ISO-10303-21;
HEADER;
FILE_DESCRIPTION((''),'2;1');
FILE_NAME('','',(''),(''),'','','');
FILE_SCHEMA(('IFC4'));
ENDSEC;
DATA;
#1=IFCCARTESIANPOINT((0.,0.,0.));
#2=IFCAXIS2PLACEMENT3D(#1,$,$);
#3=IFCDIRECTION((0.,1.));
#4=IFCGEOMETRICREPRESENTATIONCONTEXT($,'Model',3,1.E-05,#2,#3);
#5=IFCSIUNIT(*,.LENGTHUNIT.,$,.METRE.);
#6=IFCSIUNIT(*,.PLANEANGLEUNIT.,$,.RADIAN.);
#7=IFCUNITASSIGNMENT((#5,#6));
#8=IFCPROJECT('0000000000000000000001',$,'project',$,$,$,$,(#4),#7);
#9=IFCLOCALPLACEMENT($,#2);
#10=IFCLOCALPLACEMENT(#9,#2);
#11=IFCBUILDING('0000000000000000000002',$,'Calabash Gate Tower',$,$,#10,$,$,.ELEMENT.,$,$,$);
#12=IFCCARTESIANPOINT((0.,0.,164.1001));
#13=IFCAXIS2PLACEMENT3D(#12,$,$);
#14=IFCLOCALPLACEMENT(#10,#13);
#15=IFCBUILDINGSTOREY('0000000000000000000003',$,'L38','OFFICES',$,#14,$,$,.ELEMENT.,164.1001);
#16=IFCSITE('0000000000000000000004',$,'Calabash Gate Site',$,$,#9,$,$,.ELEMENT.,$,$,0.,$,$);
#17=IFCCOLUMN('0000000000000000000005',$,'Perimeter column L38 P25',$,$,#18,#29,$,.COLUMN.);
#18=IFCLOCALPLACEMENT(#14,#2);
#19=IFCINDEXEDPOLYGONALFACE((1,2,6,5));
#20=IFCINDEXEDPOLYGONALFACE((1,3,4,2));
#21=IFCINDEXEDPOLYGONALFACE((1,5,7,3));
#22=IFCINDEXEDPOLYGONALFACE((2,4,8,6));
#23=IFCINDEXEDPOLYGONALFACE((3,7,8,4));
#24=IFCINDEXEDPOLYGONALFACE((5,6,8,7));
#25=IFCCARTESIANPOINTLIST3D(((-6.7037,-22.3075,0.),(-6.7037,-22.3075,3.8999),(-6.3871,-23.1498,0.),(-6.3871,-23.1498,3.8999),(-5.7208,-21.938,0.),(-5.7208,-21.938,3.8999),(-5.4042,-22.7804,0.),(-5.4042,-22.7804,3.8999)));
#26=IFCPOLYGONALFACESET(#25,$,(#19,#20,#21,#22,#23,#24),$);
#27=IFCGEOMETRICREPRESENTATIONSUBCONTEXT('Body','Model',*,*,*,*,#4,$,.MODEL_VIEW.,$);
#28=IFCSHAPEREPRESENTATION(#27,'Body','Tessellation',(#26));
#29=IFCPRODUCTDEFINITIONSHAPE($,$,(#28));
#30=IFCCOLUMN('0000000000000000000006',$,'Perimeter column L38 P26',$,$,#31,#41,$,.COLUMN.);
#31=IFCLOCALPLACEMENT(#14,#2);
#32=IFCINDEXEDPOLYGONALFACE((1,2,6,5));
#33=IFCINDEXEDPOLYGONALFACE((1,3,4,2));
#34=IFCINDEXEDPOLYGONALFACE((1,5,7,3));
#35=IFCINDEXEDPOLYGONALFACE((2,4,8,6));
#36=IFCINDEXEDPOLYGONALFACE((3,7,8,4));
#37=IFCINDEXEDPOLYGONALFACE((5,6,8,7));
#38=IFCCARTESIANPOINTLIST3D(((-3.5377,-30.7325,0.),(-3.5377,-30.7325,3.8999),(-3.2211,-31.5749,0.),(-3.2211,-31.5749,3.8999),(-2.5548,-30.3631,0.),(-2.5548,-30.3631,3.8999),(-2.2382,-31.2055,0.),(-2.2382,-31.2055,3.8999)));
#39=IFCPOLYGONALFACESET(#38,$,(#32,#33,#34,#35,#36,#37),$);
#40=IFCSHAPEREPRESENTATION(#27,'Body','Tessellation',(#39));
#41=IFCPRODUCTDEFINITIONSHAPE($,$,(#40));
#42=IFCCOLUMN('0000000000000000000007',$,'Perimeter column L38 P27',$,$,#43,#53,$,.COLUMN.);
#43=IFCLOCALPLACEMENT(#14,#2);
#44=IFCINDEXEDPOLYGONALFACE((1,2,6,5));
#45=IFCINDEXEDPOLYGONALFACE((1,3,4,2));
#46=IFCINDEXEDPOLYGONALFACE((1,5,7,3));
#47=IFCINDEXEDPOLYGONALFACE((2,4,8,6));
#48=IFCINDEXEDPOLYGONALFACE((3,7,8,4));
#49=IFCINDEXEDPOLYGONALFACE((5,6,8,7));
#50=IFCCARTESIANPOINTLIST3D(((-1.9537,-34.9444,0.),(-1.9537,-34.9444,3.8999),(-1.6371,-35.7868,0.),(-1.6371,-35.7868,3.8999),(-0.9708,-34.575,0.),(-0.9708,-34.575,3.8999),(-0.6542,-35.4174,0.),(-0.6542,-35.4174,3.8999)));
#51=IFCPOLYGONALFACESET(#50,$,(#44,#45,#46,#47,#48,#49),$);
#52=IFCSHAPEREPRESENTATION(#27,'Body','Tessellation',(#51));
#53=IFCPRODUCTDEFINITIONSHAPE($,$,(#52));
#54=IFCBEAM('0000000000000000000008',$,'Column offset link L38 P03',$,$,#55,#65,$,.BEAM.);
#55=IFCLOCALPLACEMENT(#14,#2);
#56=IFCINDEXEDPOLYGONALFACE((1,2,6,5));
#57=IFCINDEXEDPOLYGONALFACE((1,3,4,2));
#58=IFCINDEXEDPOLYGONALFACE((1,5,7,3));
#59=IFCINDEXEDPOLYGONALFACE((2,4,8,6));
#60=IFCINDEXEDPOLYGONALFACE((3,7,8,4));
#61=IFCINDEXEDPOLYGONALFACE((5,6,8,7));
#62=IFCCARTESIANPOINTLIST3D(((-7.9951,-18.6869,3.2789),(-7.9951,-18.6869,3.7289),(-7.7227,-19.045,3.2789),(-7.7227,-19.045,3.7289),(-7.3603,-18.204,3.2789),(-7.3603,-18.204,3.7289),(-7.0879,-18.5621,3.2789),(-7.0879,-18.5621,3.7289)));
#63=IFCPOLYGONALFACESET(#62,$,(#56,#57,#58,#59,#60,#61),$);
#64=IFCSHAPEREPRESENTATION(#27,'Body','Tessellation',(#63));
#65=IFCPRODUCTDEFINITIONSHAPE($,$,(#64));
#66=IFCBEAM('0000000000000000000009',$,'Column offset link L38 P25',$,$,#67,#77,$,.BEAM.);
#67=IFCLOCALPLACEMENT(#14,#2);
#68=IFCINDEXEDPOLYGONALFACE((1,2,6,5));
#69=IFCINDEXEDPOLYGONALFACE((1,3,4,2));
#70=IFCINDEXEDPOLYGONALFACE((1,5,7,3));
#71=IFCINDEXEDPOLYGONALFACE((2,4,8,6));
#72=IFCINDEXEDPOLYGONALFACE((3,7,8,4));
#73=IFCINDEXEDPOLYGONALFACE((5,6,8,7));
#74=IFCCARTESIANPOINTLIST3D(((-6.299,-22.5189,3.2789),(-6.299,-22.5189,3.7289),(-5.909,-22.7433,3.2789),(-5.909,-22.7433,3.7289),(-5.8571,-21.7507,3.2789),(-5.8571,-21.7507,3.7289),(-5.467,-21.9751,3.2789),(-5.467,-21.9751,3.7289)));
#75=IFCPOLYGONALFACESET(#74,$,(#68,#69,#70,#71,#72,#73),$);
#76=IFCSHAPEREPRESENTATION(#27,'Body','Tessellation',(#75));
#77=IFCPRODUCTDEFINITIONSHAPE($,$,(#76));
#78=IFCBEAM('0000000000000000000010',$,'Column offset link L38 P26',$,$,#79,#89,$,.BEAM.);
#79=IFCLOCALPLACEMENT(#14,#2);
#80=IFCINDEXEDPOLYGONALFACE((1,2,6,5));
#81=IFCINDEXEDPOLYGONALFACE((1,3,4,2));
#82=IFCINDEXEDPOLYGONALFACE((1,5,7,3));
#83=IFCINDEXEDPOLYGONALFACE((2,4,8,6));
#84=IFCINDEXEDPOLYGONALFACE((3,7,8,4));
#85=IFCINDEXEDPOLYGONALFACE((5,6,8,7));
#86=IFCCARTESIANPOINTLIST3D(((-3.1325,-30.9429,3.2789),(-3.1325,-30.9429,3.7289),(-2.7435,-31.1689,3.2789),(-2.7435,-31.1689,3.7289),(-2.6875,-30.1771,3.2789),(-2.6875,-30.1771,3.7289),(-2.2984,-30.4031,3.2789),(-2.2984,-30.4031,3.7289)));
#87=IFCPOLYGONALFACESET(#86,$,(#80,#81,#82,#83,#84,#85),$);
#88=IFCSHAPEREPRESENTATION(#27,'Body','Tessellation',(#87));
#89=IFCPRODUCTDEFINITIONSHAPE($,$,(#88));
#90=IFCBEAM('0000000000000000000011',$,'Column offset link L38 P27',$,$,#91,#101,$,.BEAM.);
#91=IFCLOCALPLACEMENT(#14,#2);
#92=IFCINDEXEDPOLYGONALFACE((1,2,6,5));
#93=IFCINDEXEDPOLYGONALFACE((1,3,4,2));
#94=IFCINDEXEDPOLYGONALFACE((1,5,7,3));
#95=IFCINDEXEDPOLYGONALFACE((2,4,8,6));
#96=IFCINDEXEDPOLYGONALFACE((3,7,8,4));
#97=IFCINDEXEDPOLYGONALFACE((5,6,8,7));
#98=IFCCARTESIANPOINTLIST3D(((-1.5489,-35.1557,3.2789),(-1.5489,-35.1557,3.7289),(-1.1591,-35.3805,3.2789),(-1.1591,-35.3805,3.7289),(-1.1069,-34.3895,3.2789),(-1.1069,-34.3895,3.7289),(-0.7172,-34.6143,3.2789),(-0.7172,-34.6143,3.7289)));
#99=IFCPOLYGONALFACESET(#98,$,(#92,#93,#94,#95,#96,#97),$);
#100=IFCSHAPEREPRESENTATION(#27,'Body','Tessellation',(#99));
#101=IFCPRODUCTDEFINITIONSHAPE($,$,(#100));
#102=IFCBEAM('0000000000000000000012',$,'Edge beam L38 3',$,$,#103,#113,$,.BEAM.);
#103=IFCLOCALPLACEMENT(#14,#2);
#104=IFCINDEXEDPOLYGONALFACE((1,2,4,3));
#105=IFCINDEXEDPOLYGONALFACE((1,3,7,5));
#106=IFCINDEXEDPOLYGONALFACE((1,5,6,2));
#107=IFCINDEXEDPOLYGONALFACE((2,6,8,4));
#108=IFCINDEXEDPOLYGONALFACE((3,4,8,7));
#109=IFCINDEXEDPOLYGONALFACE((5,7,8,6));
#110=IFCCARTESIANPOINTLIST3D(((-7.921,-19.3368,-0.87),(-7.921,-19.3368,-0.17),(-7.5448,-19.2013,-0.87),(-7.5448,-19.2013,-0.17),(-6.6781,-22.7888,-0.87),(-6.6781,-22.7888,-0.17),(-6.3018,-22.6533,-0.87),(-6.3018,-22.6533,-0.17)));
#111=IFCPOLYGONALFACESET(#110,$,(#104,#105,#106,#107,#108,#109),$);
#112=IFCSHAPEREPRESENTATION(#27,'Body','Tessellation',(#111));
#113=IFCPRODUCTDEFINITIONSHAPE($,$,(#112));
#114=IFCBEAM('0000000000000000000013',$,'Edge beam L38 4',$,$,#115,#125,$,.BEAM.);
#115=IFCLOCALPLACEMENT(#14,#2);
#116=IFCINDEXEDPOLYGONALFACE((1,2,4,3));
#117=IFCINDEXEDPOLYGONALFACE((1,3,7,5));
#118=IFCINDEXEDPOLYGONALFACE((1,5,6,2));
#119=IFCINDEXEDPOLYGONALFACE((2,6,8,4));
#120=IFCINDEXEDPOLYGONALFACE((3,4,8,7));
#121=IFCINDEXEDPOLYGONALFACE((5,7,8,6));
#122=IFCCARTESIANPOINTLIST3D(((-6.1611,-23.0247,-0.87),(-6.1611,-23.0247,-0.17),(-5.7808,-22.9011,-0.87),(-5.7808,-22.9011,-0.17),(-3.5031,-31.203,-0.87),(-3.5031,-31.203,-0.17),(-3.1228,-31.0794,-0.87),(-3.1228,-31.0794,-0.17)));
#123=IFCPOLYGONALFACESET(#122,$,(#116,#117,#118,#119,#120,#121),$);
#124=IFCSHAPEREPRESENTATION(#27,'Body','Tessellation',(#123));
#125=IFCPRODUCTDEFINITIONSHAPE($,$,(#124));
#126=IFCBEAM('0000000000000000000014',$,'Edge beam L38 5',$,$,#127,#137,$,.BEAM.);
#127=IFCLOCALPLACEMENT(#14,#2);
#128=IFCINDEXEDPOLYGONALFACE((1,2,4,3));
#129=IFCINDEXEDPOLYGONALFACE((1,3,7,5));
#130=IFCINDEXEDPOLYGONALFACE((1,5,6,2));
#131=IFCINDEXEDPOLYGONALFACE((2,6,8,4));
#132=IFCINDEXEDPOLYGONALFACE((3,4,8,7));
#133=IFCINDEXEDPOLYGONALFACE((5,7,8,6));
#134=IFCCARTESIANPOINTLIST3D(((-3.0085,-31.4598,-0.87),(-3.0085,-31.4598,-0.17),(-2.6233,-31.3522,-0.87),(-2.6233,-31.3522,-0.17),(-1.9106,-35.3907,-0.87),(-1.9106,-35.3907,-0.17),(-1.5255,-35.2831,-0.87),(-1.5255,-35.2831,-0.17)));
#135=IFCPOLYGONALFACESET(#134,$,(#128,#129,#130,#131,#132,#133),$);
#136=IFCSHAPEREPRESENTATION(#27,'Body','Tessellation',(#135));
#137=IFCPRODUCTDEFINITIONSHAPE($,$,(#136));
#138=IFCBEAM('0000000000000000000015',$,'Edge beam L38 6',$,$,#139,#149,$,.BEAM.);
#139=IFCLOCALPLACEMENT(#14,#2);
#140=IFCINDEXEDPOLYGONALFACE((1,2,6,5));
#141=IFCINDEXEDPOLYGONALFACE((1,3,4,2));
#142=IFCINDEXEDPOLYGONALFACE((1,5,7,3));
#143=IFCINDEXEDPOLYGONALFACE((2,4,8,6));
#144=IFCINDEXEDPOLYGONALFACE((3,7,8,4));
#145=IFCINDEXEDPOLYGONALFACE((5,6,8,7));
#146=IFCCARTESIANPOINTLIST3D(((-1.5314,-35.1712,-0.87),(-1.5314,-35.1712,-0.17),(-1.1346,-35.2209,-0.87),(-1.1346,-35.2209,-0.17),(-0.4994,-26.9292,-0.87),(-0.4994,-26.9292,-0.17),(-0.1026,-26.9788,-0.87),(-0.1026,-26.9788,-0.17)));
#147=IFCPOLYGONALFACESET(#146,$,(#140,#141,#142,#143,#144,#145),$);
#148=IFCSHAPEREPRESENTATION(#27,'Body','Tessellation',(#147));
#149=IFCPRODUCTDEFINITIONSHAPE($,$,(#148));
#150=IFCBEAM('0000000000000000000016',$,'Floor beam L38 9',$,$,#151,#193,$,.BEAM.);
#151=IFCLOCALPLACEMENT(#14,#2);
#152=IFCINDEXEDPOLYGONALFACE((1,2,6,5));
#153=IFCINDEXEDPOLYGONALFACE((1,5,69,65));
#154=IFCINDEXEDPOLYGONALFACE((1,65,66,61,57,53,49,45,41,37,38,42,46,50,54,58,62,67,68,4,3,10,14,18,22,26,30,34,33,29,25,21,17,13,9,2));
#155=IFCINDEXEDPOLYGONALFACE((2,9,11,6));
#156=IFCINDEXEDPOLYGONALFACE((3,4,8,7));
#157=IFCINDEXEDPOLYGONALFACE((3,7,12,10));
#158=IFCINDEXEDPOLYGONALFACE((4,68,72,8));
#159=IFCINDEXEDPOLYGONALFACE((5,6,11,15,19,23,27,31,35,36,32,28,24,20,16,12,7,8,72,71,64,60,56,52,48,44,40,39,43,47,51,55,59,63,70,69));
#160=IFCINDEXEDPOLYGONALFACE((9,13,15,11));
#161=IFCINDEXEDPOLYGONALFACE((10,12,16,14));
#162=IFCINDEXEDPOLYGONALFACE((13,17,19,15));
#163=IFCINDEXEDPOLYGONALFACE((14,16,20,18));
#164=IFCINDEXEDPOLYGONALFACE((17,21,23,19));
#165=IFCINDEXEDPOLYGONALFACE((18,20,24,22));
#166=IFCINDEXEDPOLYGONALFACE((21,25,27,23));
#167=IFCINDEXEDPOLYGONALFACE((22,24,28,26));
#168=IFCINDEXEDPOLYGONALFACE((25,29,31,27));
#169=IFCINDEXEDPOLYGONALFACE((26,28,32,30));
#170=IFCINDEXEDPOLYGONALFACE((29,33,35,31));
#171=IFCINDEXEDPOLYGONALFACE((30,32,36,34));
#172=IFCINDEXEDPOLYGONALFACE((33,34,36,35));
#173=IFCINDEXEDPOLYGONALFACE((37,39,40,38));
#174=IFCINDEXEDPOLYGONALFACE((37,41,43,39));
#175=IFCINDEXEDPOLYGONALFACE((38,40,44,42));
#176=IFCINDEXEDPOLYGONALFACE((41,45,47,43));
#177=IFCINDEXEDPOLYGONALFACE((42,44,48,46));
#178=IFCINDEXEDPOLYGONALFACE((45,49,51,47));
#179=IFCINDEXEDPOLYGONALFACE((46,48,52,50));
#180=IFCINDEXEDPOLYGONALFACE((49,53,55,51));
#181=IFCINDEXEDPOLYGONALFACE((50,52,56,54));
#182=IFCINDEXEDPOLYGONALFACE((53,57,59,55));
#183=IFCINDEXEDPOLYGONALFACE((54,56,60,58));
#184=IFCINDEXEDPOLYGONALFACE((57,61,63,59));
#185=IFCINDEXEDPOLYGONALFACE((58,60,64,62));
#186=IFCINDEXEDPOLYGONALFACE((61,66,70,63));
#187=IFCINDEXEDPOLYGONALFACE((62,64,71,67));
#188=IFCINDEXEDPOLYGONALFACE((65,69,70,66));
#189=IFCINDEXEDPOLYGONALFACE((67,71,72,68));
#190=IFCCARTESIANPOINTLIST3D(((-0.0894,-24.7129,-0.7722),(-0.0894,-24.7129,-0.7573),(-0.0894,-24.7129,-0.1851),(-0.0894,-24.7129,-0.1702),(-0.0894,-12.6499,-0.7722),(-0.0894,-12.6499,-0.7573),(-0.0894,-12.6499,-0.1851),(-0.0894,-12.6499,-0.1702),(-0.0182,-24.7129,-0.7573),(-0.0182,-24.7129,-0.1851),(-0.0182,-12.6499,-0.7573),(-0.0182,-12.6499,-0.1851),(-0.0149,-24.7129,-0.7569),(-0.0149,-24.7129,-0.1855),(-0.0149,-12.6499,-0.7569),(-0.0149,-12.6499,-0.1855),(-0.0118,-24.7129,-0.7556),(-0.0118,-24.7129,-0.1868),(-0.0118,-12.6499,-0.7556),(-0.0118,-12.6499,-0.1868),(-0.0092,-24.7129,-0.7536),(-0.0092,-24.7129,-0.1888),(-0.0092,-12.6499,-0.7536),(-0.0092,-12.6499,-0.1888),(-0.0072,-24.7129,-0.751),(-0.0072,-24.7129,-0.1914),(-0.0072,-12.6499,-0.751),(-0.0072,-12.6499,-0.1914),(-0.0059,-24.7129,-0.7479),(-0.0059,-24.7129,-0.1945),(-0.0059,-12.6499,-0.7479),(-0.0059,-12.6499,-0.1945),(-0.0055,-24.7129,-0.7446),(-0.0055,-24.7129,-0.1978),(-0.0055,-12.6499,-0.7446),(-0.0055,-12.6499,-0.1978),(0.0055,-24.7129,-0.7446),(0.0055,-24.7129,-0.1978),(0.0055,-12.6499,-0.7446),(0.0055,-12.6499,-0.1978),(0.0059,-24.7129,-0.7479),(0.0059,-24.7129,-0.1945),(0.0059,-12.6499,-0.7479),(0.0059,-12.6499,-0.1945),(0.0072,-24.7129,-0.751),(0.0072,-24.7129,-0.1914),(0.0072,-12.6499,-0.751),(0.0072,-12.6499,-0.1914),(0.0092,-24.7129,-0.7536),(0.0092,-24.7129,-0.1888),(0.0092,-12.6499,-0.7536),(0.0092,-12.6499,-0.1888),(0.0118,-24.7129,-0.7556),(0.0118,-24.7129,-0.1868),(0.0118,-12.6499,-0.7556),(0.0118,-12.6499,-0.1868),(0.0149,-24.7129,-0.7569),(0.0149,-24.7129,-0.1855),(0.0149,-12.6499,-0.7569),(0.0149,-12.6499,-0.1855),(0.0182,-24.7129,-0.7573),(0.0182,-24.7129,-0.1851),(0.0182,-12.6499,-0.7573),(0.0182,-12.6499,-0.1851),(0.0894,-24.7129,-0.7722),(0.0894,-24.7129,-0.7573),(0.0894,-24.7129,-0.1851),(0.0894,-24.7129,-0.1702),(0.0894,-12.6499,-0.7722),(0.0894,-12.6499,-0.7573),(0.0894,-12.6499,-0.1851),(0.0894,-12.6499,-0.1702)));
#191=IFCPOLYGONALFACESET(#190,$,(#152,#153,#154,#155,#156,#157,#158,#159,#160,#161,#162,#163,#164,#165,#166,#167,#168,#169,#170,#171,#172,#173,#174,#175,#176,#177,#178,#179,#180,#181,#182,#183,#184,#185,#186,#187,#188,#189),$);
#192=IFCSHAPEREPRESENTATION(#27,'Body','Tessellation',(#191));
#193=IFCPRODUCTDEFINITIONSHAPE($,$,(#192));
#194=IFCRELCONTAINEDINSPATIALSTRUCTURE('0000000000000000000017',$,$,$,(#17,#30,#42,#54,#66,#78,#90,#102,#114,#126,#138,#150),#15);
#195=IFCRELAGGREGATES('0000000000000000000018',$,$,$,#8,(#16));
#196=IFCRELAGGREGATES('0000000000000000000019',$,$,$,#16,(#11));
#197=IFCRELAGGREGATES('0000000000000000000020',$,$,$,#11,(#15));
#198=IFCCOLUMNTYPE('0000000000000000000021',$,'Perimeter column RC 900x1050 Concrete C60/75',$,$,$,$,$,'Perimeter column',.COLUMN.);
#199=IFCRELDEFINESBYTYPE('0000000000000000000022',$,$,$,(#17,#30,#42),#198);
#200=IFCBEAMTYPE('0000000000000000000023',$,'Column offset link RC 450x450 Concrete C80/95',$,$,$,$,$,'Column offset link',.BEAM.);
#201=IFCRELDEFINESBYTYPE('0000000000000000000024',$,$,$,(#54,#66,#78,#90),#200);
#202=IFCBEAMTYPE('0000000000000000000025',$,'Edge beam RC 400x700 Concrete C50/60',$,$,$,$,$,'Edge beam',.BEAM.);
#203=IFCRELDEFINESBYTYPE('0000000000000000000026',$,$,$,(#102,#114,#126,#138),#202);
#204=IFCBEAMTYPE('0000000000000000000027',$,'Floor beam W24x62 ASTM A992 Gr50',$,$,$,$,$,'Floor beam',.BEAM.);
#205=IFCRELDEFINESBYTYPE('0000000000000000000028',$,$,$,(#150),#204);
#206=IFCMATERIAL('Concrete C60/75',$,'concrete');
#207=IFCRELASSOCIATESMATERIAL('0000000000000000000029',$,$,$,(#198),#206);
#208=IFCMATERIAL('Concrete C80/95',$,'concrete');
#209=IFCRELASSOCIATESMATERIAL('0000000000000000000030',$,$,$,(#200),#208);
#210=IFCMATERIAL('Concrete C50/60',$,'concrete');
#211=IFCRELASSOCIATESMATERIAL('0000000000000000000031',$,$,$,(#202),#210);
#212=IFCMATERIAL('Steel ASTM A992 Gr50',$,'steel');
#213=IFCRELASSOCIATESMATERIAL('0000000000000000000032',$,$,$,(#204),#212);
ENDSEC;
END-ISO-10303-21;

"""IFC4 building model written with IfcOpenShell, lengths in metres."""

from ifc_helpers import new_model, si_unit, direction, frame, origin, origin_2d, place, context, subcontext, project, spatial, rectangle, i_section, extrude, material, material_profile, profile_set, type_object, element, save


model = new_model("IFC4")

# Units and contexts
model_context = context("Model", 3, precision=1e-05, world=origin(), true_north=direction((0.0, 1.0)))
body_context = subcontext(model_context, "Body", "Model", "MODEL_VIEW")
ifc_project = project(units=[si_unit("LENGTHUNIT", "METRE"), si_unit("PLANEANGLEUNIT", "RADIAN")], contexts=[model_context])

# Site, building, storey
site_placement = place(None, origin())
site = spatial("IfcSite", under=ifc_project, at=site_placement, Name="Calabash Gate Site", CompositionType="ELEMENT", RefElevation=0.0)
building_placement = place(site_placement, origin())
building = spatial("IfcBuilding", under=site, at=building_placement, Name="Calabash Gate Tower", CompositionType="ELEMENT")
storey_placement = place(building_placement, frame((0.0, 0.0, 164.1001)))
storey = spatial("IfcBuildingStorey", under=building, at=storey_placement, Name="L38", Description="OFFICES", CompositionType="ELEMENT", Elevation=164.1001)

# Columns
ifc_material_1 = material(Name="Concrete C60/75", Category="concrete")
ifc_material_profile_1 = material_profile(ifc_material_1, rectangle(XDim=0.8999, YDim=1.05, at=origin_2d()))
ifc_profile_set_1 = profile_set([ifc_material_profile_1], Name="Concrete C60/75")
column_type = type_object("IfcColumnType", Name="Perimeter column RC 900x1050 Concrete C60/75", ElementType="Perimeter column", PredefinedType="COLUMN", material=ifc_profile_set_1)
for number, where, z_axis, x_axis, name in (
    (1, (-6.054, -22.5439, 0.0), (0.0, 0.0, 1.0), (0.351823, -0.936067, 0.0), "Perimeter column L38 P25"),
    (2, (-2.8879, -30.969, 0.0), (0.0, 0.0, 1.0), (0.351823, -0.936067, 0.0), "Perimeter column L38 P26"),
    (3, (-1.304, -35.1809, 0.0), (0.0, 0.0, 1.0), (0.351823, -0.936067, 0.0), "Perimeter column L38 P27"),
):
    element("IfcColumn", number, at=place(storey_placement, frame(where, z_axis=z_axis, x_axis=x_axis)), inside=storey, type_object=column_type, Name=name, PredefinedType="COLUMN", context=body_context, shape_type="SweptSolid", body=[
        extrude(rectangle(XDim=0.8999, YDim=1.05, at=origin_2d()), origin(), (0.0, 0.0, 1.0), 3.8999),
    ])

# Beams
ifc_material_2 = material(Name="Concrete C80/95", Category="concrete")
ifc_material_profile_2 = material_profile(ifc_material_2, rectangle(XDim=0.45, YDim=0.45, at=origin_2d()))
ifc_profile_set_2 = profile_set([ifc_material_profile_2], Name="Concrete C80/95")
beam_type_1 = type_object("IfcBeamType", Name="Column offset link RC 450x450 Concrete C80/95", ElementType="Column offset link", PredefinedType="BEAM", material=ifc_profile_set_2)
beam_1_placement = place(storey_placement, frame((-7.8589, -18.866, 3.5039), z_axis=(0.795867, 0.605471, 0.0), x_axis=(-0.605471, 0.795867, 0.0)))
element("IfcBeam", 4, at=beam_1_placement, inside=storey, type_object=beam_type_1, Name="Column offset link L38 P03", PredefinedType="BEAM", context=body_context, shape_type="SweptSolid", body=[
    extrude(rectangle(XDim=0.45, YDim=0.45, at=origin_2d()), origin(), (0.0, 0.0, 1.0), 0.7976),
])
beam_2_placement = place(storey_placement, frame((-6.104, -22.6311, 3.5039), z_axis=(0.498689, 0.866781, 0.0), x_axis=(-0.866781, 0.498689, 0.0)))
element("IfcBeam", 5, at=beam_2_placement, inside=storey, type_object=beam_type_1, Name="Column offset link L38 P25", PredefinedType="BEAM", context=body_context, shape_type="SweptSolid", body=[
    extrude(rectangle(XDim=0.45, YDim=0.45, at=origin_2d()), origin(), (0.0, 0.0, 1.0), 0.8862),
])
beam_3_placement = place(storey_placement, frame((-2.938, -31.0559, 3.5039), z_axis=(0.502448, 0.864607, 0.0), x_axis=(-0.864607, 0.502448, 0.0)))
element("IfcBeam", 6, at=beam_3_placement, inside=storey, type_object=beam_type_1, Name="Column offset link L38 P26", PredefinedType="BEAM", context=body_context, shape_type="SweptSolid", body=[
    extrude(rectangle(XDim=0.45, YDim=0.45, at=origin_2d()), origin(), (0.0, 0.0, 1.0), 0.8857),
])
beam_4_placement = place(storey_placement, frame((-1.354, -35.2681, 3.5039), z_axis=(0.499643, 0.866232, 0.0), x_axis=(-0.866232, 0.499643, 0.0)))
element("IfcBeam", 7, at=beam_4_placement, inside=storey, type_object=beam_type_1, Name="Column offset link L38 P27", PredefinedType="BEAM", context=body_context, shape_type="SweptSolid", body=[
    extrude(rectangle(XDim=0.45, YDim=0.45, at=origin_2d()), origin(), (0.0, 0.0, 1.0), 0.8845),
])
ifc_material_3 = material(Name="Concrete C50/60", Category="concrete")
ifc_material_profile_3 = material_profile(ifc_material_3, rectangle(XDim=0.3999, YDim=0.7, at=origin_2d()))
ifc_profile_set_3 = profile_set([ifc_material_profile_3], Name="Concrete C50/60")
beam_type_2 = type_object("IfcBeamType", Name="Edge beam RC 400x700 Concrete C50/60", ElementType="Edge beam", PredefinedType="BEAM", material=ifc_profile_set_3)
beam_5_placement = place(storey_placement, frame((-7.7329, -19.269, -0.52), z_axis=(0.338776, -0.940867, 0.0), x_axis=(0.940867, 0.338776, 0.0)))
element("IfcBeam", 8, at=beam_5_placement, inside=storey, type_object=beam_type_2, Name="Edge beam L38 3", PredefinedType="BEAM", context=body_context, shape_type="SweptSolid", body=[
    extrude(rectangle(XDim=0.3999, YDim=0.7, at=origin_2d()), origin(), (0.0, 0.0, 1.0), 3.6689),
])
beam_6_placement = place(storey_placement, frame((-5.9709, -22.9629, -0.52), z_axis=(0.30909, -0.951033, 0.0), x_axis=(0.951033, 0.30909, 0.0)))
element("IfcBeam", 9, at=beam_6_placement, inside=storey, type_object=beam_type_2, Name="Edge beam L38 4", PredefinedType="BEAM", context=body_context, shape_type="SweptSolid", body=[
    extrude(rectangle(XDim=0.3999, YDim=0.7, at=origin_2d()), origin(), (0.0, 0.0, 1.0), 8.5994),
])
beam_7_placement = place(storey_placement, frame((-2.8159, -31.406, -0.52), z_axis=(0.269004, -0.963139, 0.0), x_axis=(0.963139, 0.269004, 0.0)))
element("IfcBeam", 10, at=beam_7_placement, inside=storey, type_object=beam_type_2, Name="Edge beam L38 5", PredefinedType="BEAM", context=body_context, shape_type="SweptSolid", body=[
    extrude(rectangle(XDim=0.3999, YDim=0.7, at=origin_2d()), origin(), (0.0, 0.0, 1.0), 4.0813),
])
beam_8_placement = place(storey_placement, frame((-1.333, -35.196, -0.52), z_axis=(0.124241, 0.992252, 0.0), x_axis=(-0.992252, 0.124241, 0.0)))
element("IfcBeam", 11, at=beam_8_placement, inside=storey, type_object=beam_type_2, Name="Edge beam L38 6", PredefinedType="BEAM", context=body_context, shape_type="SweptSolid", body=[
    extrude(rectangle(XDim=0.3999, YDim=0.7, at=origin_2d()), origin(), (0.0, 0.0, 1.0), 8.3064),
])
ifc_material_4 = material(Name="Steel ASTM A992 Gr50", Category="steel")
ifc_material_profile_4 = material_profile(ifc_material_4, i_section(OverallWidth=0.1787, OverallDepth=0.6021, WebThickness=0.011, FlangeThickness=0.0149, FilletRadius=0.0127, at=origin_2d()))
ifc_profile_set_4 = profile_set([ifc_material_profile_4], Name="Steel ASTM A992 Gr50")
beam_type_3 = type_object("IfcBeamType", Name="Floor beam W24x62 ASTM A992 Gr50", ElementType="Floor beam", PredefinedType="BEAM", material=ifc_profile_set_4)
beam_9_placement = place(storey_placement, frame((0.0, -24.7129, -0.4712), z_axis=(0.0, 1.0, 0.0), x_axis=(-1.0, 0.0, 0.0)))
element("IfcBeam", 12, at=beam_9_placement, inside=storey, type_object=beam_type_3, Name="Floor beam L38 9", PredefinedType="BEAM", context=body_context, shape_type="SweptSolid", body=[
    extrude(i_section(OverallWidth=0.1787, OverallDepth=0.6021, WebThickness=0.011, FlangeThickness=0.0149, FilletRadius=0.0127, at=origin_2d()), origin(), (0.0, 0.0, 1.0), 12.063),
])

save(model, "model.ifc")
